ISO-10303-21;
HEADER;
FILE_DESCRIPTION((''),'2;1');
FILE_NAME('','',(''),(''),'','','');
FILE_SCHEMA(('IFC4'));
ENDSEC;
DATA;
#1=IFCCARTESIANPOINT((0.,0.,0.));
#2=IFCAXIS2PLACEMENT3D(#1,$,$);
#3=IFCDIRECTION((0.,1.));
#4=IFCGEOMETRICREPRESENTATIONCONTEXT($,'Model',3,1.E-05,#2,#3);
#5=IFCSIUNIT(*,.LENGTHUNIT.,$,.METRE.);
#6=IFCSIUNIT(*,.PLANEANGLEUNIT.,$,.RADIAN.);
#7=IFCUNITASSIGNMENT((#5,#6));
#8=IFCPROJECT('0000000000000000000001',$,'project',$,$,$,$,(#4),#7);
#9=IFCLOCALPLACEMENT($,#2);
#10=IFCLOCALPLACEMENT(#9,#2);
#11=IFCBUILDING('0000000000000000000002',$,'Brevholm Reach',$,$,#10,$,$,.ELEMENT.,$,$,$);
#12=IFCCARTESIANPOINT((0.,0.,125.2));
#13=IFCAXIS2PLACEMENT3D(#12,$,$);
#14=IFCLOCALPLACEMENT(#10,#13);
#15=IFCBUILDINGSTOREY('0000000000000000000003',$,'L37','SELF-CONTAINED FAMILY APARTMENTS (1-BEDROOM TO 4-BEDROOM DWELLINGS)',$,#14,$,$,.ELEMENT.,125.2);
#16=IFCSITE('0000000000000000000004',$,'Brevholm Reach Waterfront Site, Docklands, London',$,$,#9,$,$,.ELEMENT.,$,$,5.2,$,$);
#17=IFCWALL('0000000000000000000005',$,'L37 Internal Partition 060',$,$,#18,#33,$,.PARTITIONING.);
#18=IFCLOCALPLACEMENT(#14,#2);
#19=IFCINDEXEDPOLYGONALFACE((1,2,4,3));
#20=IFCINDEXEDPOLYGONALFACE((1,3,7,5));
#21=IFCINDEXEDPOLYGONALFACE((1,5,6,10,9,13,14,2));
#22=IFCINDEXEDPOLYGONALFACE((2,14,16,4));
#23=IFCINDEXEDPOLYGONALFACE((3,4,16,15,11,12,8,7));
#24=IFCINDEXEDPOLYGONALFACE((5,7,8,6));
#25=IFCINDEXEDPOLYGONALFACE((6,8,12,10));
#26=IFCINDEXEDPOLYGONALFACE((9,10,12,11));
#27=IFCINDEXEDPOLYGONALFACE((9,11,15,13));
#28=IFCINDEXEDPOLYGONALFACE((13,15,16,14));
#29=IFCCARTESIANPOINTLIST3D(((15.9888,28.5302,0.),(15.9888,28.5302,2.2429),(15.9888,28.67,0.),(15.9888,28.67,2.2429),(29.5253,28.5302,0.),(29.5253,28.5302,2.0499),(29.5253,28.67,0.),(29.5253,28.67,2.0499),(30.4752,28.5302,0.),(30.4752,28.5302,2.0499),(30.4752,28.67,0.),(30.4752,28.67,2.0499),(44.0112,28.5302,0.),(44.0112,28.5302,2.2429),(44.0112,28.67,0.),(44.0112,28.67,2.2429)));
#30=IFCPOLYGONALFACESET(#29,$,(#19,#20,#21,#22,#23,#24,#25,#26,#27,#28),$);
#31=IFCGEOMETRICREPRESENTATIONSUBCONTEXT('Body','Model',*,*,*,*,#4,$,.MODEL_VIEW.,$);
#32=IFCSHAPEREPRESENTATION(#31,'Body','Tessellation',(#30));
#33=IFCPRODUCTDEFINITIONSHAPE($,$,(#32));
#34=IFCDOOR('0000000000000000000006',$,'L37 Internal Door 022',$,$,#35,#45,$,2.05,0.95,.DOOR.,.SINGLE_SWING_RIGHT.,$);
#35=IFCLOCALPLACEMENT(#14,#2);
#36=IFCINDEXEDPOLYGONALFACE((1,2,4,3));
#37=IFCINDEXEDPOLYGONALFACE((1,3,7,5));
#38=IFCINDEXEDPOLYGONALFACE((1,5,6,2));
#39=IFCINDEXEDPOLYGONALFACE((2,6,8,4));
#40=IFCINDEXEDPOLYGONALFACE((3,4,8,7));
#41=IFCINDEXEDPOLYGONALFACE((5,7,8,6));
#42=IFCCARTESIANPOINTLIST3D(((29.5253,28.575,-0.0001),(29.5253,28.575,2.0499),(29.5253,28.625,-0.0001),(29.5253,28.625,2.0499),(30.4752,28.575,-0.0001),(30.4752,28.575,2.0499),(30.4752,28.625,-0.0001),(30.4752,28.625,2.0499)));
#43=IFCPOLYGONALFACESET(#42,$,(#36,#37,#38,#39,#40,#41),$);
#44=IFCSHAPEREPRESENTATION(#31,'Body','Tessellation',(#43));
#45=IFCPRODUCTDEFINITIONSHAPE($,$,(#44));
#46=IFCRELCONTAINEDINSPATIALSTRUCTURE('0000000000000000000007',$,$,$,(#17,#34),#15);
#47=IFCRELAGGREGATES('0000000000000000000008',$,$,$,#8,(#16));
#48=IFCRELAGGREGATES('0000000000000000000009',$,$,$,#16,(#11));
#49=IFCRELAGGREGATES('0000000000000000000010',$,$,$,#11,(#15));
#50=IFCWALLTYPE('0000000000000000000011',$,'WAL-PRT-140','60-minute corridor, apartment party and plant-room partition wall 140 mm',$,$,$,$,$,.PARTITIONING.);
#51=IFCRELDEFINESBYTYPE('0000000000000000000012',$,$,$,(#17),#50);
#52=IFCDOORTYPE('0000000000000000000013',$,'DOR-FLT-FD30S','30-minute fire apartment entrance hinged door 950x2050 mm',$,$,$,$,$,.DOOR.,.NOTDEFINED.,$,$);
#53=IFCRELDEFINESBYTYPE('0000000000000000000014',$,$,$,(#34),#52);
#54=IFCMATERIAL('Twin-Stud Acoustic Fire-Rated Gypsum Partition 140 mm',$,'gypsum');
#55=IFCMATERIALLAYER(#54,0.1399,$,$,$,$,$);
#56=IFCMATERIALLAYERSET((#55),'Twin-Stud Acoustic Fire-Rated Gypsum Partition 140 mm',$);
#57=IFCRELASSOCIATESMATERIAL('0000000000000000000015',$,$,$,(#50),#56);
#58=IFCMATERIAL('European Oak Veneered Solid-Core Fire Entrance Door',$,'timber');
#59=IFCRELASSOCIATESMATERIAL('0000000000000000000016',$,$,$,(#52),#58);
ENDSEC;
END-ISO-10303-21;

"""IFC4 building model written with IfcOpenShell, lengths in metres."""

from ifc_helpers import new_model, si_unit, direction, frame, frame_2d, origin, place, context, subcontext, project, spatial, rectangle, extrude, material, layer, layer_set, type_object, element, fill, save


model = new_model("IFC4")

# Units and contexts
model_context = context("Model", 3, precision=1e-05, world=origin(), true_north=direction((0.0, 1.0)))
body_context = subcontext(model_context, "Body", "Model", "MODEL_VIEW")
ifc_project = project(units=[si_unit("LENGTHUNIT", "METRE"), si_unit("PLANEANGLEUNIT", "RADIAN")], contexts=[model_context])

# Site, building, storey
site_placement = place(None, origin())
site = spatial("IfcSite", under=ifc_project, at=site_placement, Name="Brevholm Reach Waterfront Site, Docklands, London", CompositionType="ELEMENT", RefElevation=5.2)
building_placement = place(site_placement, origin())
building = spatial("IfcBuilding", under=site, at=building_placement, Name="Brevholm Reach", CompositionType="ELEMENT")
storey_placement = place(building_placement, frame((0.0, 0.0, 125.2)))
storey = spatial("IfcBuildingStorey", under=building, at=storey_placement, Name="L37", Description="SELF-CONTAINED FAMILY APARTMENTS (1-BEDROOM TO 4-BEDROOM DWELLINGS)", CompositionType="ELEMENT", Elevation=125.2)

# Shared definitions
ifc_material_1 = material(Name="Twin-Stud Acoustic Fire-Rated Gypsum Partition 140 mm", Category="gypsum")
ifc_layer_1 = layer(ifc_material_1, 0.1399)
ifc_layer_set_1 = layer_set([ifc_layer_1], Name="Twin-Stud Acoustic Fire-Rated Gypsum Partition 140 mm")
wall_type_1 = type_object("IfcWallType", Name="WAL-PRT-140", Description="60-minute corridor, apartment party and plant-room partition wall 140 mm", PredefinedType="PARTITIONING", material=ifc_layer_set_1)

# Wall, opening, door
wall_1_placement = place(storey_placement, frame((15.9888, 28.6001, 0.0), z_axis=(0.0, 0.0, 1.0), x_axis=(1.0, 0.0, 0.0)))
wall_1 = element("IfcWall", 1, at=wall_1_placement, inside=storey, type_object=wall_type_1, Name="L37 Internal Partition 060", PredefinedType="PARTITIONING", context=body_context, shape_type="SweptSolid", body=[
    extrude(rectangle(XDim=28.0225, YDim=0.1399, at=frame_2d((14.0112, 0.0))), origin(), (0.0, 0.0, 1.0), 2.2429),
])
opening_1_placement = place(wall_1_placement, frame((13.5364, 0.0, 0.0)))
opening_1 = element("IfcOpeningElement", 2, at=opening_1_placement, cuts=wall_1, PredefinedType="OPENING", context=body_context, shape_type="SweptSolid", body=[
    extrude(rectangle(XDim=0.95, YDim=2.05, at=frame_2d((0.4751, 1.0249))), frame((0.0, 0.0798, 0.0), z_axis=(0.0, -1.0, 0.0), x_axis=(1.0, 0.0, 0.0)), (0.0, 0.0, 1.0), 0.1599),
])
ifc_material_2 = material(Name="European Oak Veneered Solid-Core Fire Entrance Door", Category="timber")
door_type_1 = type_object("IfcDoorType", Name="DOR-FLT-FD30S", Description="30-minute fire apartment entrance hinged door 950x2050 mm", OperationType="NOTDEFINED", PredefinedType="DOOR", material=ifc_material_2)
door_1_placement = place(opening_1_placement, origin())
door_1 = element("IfcDoor", 3, at=door_1_placement, inside=storey, type_object=door_type_1, Name="L37 Internal Door 022", OperationType="SINGLE_SWING_RIGHT", OverallHeight=2.05, OverallWidth=0.95, PredefinedType="DOOR", context=body_context, shape_type="SweptSolid", body=[
    extrude(rectangle(XDim=0.95, YDim=2.05, at=frame_2d((0.4751, 1.0249))), frame((0.0, 0.0249, 0.0), z_axis=(0.0, -1.0, 0.0), x_axis=(1.0, 0.0, 0.0)), (0.0, 0.0, 1.0), 0.05),
])
fill(opening_1, door_1)

save(model, "model.ifc")
